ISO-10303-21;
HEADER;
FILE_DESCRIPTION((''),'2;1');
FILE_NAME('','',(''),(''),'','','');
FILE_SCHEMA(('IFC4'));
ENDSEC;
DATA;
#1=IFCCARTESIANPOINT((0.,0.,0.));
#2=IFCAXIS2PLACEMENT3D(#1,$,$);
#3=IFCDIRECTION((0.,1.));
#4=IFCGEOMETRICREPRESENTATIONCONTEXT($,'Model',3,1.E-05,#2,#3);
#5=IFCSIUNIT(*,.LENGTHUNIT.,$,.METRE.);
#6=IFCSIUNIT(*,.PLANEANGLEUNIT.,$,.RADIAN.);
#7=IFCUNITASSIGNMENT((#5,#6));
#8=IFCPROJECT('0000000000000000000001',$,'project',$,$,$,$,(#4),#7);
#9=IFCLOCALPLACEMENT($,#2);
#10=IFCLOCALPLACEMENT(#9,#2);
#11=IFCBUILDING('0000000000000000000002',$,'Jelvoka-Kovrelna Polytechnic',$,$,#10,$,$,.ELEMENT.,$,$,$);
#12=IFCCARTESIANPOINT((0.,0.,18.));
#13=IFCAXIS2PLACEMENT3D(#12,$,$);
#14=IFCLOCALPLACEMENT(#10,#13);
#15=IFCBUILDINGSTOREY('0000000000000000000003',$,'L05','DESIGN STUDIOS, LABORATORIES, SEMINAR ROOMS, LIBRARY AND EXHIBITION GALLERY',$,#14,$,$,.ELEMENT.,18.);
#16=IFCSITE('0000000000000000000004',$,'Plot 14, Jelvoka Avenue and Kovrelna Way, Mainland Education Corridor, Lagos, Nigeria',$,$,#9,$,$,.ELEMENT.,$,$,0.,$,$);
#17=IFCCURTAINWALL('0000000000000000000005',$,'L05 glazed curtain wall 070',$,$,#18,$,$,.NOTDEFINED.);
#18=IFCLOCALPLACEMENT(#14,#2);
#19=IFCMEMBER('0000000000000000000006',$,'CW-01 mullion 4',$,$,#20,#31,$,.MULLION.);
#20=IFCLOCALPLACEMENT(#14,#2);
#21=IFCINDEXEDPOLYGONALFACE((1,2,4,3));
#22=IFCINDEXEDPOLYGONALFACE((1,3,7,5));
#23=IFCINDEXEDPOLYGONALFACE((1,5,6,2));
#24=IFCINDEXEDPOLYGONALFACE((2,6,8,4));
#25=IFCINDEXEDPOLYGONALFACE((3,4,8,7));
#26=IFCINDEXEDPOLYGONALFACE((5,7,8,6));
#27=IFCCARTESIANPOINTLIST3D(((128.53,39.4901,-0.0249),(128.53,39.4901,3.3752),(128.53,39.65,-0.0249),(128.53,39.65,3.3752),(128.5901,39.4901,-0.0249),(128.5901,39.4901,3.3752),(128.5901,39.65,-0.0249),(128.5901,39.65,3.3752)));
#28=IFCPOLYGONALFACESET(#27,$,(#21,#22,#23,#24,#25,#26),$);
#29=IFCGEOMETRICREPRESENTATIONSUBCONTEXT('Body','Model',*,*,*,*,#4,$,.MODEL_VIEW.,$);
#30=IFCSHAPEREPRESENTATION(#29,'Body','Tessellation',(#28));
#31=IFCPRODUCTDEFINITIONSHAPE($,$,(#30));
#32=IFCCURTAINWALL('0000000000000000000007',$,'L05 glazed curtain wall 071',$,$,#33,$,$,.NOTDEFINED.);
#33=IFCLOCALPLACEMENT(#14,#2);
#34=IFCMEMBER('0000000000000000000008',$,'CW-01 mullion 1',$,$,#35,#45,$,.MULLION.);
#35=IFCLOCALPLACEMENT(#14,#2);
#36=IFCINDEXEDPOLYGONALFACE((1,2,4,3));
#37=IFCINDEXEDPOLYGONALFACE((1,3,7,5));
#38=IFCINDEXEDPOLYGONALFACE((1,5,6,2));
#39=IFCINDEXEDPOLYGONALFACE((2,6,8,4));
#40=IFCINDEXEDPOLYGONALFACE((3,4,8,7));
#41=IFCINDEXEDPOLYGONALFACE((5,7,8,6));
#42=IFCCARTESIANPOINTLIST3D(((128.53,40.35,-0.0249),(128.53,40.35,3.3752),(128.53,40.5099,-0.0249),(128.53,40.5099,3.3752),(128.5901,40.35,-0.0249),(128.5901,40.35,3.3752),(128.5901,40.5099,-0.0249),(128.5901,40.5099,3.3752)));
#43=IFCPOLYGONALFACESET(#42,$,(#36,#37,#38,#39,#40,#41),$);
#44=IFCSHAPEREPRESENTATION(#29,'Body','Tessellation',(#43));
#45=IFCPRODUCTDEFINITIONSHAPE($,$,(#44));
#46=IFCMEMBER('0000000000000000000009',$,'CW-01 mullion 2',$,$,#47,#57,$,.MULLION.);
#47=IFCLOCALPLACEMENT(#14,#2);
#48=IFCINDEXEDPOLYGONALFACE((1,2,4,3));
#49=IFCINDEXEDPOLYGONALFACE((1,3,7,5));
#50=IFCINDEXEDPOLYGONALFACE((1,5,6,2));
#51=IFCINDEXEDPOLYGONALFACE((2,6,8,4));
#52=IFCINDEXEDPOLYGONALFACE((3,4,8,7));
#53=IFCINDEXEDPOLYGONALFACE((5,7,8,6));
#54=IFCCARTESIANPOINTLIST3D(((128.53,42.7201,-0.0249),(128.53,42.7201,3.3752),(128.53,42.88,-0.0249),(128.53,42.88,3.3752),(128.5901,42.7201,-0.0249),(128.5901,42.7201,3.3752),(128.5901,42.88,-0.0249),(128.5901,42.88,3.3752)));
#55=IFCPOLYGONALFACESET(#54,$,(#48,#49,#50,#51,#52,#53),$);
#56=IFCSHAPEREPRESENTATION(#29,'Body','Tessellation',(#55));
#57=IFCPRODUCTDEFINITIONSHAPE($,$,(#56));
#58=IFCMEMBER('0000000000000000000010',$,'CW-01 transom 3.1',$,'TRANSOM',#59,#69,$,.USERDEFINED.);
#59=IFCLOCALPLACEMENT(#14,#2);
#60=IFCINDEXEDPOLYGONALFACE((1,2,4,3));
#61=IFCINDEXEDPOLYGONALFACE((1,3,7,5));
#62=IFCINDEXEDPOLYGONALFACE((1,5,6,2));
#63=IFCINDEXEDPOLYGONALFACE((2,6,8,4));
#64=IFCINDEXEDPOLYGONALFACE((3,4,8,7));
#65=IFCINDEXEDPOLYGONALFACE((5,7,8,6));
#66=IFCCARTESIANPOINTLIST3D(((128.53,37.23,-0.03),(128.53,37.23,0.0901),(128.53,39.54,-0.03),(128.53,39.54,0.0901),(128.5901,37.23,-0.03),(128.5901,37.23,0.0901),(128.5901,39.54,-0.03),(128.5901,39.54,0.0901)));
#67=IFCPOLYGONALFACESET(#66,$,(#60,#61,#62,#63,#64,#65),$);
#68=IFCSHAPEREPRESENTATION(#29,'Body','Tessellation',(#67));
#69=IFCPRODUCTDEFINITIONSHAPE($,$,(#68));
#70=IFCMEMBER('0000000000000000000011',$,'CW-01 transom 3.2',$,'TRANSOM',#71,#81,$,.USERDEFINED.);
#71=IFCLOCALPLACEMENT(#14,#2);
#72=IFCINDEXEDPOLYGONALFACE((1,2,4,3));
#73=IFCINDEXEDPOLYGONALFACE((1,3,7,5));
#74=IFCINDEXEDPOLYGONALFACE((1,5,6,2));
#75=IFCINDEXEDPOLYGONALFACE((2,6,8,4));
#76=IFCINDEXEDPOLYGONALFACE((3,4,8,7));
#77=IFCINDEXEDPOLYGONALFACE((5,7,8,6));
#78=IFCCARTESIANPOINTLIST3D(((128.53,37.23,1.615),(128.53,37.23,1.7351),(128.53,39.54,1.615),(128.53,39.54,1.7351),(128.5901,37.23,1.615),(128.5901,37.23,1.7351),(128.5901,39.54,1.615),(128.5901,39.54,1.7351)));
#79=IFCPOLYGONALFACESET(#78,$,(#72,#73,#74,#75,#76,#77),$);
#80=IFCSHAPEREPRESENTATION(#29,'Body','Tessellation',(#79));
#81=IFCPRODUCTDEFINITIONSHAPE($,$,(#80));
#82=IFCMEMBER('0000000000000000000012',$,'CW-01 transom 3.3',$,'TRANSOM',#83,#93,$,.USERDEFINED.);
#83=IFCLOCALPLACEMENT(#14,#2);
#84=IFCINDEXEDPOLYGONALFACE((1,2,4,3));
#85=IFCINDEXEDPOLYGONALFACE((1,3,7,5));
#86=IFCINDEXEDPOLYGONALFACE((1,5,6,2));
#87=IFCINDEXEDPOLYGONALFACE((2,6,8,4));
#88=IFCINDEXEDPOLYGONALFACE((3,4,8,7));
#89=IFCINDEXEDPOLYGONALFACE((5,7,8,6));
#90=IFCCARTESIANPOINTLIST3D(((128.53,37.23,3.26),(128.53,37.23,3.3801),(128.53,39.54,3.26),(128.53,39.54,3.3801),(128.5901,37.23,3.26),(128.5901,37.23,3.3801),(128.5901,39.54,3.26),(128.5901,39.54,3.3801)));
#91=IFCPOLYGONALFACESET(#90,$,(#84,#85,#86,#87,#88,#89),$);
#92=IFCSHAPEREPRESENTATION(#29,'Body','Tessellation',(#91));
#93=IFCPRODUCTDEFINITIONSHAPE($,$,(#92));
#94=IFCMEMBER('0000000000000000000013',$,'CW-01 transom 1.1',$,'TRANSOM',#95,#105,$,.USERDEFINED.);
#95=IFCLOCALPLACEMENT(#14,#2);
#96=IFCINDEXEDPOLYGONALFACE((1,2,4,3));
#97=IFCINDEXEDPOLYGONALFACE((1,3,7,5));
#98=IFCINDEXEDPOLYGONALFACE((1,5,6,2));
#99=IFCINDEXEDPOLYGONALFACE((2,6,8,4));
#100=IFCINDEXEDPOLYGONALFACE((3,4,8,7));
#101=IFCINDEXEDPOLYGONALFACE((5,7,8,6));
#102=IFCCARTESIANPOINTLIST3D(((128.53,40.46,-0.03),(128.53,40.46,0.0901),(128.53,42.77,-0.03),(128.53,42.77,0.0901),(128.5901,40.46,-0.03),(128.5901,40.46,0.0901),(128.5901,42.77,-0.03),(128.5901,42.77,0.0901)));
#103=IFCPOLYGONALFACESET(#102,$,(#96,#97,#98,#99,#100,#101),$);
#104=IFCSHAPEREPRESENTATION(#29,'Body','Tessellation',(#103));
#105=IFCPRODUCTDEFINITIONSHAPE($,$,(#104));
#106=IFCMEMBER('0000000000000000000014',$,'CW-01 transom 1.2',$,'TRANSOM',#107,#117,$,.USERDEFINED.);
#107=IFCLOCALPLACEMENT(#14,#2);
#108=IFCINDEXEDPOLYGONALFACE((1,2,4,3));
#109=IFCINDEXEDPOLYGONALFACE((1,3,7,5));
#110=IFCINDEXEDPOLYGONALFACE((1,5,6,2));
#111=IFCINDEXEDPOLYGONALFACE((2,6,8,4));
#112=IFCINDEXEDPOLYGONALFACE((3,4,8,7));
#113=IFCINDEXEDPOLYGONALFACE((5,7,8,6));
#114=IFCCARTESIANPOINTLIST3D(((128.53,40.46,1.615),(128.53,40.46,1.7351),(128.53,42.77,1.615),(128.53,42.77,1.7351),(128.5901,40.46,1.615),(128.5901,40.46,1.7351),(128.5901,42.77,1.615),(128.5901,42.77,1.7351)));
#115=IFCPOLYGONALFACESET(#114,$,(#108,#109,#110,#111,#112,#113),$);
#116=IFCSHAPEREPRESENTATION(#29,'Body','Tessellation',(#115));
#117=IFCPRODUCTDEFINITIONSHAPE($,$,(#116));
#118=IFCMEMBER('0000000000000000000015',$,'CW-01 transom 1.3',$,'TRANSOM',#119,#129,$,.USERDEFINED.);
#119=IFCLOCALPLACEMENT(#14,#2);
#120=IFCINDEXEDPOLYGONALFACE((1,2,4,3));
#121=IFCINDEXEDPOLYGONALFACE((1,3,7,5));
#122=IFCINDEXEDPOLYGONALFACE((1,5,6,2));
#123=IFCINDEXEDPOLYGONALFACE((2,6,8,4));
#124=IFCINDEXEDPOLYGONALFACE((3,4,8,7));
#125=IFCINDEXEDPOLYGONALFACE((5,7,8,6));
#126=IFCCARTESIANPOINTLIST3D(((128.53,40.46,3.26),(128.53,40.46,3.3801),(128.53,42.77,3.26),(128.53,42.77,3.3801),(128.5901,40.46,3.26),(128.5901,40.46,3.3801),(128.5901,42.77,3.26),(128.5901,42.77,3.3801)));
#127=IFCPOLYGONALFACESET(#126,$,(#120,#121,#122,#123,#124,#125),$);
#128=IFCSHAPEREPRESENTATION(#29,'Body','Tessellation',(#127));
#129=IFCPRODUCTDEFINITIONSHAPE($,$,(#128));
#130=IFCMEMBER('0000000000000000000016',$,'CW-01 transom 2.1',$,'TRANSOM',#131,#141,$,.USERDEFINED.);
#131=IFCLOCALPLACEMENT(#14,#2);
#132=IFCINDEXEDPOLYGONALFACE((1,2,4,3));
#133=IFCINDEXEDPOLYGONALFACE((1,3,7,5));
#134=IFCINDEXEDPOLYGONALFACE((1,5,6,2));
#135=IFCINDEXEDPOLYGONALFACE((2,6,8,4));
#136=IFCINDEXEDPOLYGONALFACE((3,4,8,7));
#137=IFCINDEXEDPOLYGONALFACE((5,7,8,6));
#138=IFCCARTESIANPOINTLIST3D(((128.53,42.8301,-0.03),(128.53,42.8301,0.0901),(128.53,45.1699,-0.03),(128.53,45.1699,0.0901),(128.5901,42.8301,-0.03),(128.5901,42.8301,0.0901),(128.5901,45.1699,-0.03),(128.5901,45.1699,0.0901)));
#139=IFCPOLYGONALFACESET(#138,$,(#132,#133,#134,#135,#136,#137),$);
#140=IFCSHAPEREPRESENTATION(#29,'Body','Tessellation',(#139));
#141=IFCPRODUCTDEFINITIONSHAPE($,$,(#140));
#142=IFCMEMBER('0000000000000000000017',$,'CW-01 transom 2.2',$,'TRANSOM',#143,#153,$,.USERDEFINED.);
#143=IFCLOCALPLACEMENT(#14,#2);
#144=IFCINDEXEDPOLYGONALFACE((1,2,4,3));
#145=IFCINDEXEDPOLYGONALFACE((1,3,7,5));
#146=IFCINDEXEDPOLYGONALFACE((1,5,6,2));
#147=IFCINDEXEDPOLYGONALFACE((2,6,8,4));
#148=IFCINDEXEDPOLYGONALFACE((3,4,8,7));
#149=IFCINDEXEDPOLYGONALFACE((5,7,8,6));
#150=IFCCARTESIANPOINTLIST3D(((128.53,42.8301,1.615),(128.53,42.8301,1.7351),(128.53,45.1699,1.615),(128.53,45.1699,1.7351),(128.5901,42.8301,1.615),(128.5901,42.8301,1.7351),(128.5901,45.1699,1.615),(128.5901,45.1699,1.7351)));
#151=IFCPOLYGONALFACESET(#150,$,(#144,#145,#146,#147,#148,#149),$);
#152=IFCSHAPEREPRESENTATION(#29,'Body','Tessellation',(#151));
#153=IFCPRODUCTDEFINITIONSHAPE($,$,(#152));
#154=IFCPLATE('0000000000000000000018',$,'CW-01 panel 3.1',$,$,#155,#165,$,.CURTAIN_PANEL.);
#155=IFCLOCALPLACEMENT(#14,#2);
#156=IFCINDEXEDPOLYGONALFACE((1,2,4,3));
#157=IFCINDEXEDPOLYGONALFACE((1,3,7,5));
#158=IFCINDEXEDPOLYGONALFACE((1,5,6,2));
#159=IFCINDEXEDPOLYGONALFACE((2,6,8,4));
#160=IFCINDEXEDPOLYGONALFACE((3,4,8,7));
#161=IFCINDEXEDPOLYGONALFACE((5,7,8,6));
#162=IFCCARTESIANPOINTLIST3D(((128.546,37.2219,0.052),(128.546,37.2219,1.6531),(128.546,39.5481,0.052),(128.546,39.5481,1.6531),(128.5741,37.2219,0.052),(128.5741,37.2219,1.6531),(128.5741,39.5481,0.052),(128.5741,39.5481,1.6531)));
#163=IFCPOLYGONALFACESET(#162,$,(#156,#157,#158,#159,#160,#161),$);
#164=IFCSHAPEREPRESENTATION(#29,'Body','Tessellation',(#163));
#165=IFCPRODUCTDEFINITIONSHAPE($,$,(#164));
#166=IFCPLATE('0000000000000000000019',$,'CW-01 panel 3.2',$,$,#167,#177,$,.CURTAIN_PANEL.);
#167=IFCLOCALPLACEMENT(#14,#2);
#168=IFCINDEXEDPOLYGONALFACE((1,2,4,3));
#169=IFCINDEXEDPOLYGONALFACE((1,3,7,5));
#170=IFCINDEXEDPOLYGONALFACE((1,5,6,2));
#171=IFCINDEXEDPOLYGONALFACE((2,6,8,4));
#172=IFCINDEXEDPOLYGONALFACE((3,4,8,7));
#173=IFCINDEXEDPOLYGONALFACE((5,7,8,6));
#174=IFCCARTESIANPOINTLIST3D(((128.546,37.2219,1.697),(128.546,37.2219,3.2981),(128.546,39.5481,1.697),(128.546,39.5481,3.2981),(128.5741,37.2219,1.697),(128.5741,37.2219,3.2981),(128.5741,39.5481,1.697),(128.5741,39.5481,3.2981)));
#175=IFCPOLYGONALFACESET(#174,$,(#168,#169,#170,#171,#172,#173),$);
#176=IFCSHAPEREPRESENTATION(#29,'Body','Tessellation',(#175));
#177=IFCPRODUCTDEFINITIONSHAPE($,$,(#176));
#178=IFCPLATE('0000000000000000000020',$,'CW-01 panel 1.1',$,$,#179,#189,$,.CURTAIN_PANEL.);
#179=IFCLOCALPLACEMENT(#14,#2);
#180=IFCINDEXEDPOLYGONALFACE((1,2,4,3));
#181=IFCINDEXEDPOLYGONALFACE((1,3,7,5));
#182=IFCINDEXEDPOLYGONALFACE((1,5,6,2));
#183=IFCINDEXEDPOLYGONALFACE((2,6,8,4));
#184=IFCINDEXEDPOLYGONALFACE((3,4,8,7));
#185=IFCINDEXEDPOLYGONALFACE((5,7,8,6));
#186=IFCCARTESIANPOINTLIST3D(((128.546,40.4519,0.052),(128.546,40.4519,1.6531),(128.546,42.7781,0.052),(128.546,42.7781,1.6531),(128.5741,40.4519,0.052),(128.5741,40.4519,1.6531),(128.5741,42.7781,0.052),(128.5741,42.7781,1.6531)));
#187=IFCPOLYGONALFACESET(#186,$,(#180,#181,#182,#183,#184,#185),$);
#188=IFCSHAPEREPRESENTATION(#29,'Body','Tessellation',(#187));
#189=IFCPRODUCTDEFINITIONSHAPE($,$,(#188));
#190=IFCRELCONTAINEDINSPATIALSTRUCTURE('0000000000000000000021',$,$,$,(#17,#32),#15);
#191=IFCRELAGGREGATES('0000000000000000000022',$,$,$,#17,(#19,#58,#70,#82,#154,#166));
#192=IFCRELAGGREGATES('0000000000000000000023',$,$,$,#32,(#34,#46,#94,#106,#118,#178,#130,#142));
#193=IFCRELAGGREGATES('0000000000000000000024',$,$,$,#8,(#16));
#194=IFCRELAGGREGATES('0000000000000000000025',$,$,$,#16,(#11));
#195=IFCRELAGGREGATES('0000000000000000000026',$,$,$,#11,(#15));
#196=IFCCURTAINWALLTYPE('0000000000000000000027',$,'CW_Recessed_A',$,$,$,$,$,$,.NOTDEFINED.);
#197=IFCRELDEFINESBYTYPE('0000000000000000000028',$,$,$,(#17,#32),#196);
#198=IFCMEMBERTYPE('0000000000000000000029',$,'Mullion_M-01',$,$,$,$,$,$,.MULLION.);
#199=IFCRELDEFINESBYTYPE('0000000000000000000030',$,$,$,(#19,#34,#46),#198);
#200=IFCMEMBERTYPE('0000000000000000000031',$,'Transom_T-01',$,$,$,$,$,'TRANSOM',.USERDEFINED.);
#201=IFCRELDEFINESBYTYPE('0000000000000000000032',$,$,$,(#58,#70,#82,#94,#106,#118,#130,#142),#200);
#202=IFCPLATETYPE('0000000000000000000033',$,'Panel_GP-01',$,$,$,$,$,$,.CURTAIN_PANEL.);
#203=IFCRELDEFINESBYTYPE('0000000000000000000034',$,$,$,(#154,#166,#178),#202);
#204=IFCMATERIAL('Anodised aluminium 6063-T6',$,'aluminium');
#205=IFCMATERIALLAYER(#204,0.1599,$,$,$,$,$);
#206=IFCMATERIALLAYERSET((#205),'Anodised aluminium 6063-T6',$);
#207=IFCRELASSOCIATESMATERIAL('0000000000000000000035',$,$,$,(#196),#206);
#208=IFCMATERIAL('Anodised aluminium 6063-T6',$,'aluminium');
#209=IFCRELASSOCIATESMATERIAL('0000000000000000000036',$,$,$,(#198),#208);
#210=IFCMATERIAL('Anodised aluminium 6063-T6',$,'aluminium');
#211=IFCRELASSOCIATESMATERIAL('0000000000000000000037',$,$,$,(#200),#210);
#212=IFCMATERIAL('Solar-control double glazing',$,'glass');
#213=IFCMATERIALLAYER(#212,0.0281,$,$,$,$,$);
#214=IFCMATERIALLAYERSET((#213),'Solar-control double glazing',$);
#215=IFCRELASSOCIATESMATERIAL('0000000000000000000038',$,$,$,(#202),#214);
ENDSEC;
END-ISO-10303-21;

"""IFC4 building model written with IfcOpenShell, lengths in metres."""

from ifc_helpers import new_model, si_unit, direction, frame, origin, origin_2d, place, context, subcontext, project, spatial, rectangle, extrude, material, layer, layer_set, material_profile, profile_set, type_object, element, aggregate, save


model = new_model("IFC4")

# Units and contexts
model_context = context("Model", 3, precision=1e-05, world=origin(), true_north=direction((0.0, 1.0)))
body_context = subcontext(model_context, "Body", "Model", "MODEL_VIEW")
ifc_project = project(units=[si_unit("LENGTHUNIT", "METRE"), si_unit("PLANEANGLEUNIT", "RADIAN")], contexts=[model_context])

# Site, building, storey
site_placement = place(None, origin())
site = spatial("IfcSite", under=ifc_project, at=site_placement, Name="Plot 14, Jelvoka Avenue and Kovrelna Way, Mainland Education Corridor, Lagos, Nigeria", CompositionType="ELEMENT", RefElevation=0.0)
building_placement = place(site_placement, origin())
building = spatial("IfcBuilding", under=site, at=building_placement, Name="Jelvoka-Kovrelna Polytechnic", CompositionType="ELEMENT")
storey_placement = place(building_placement, frame((0.0, 0.0, 18.0)))
storey = spatial("IfcBuildingStorey", under=building, at=storey_placement, Name="L05", Description="DESIGN STUDIOS, LABORATORIES, SEMINAR ROOMS, LIBRARY AND EXHIBITION GALLERY", CompositionType="ELEMENT", Elevation=18.0)

# Curtain wall, member
ifc_material_1 = material(Name="Anodised aluminium 6063-T6", Category="aluminium")
ifc_layer_1 = layer(ifc_material_1, 0.1599)
ifc_layer_set_1 = layer_set([ifc_layer_1], Name="Anodised aluminium 6063-T6")
curtain_wall_type = type_object("IfcCurtainWallType", Name="CW_Recessed_A", PredefinedType="NOTDEFINED", material=ifc_layer_set_1)
curtain_wall_1_placement = place(storey_placement, origin())
curtain_wall_1 = element("IfcCurtainWall", 1, at=curtain_wall_1_placement, inside=storey, type_object=curtain_wall_type, Name="L05 glazed curtain wall 070", PredefinedType="NOTDEFINED")
ifc_material_2 = material(Name="Anodised aluminium 6063-T6", Category="aluminium")
ifc_material_profile_1 = material_profile(ifc_material_2, rectangle(XDim=0.0601, YDim=0.1599, at=origin_2d()), Name="ALU 60x160")
ifc_profile_set_1 = profile_set([ifc_material_profile_1], Name="Anodised aluminium 6063-T6")
member_type_1 = type_object("IfcMemberType", Name="Mullion_M-01", PredefinedType="MULLION", material=ifc_profile_set_1)
member_1_placement = place(storey_placement, frame((128.5601, 39.5701, -0.0249), z_axis=(0.0, 0.0, 1.0), x_axis=(-1.0, 0.0, 0.0)))
member_1 = element("IfcMember", 2, at=member_1_placement, type_object=member_type_1, Name="CW-01 mullion 4", PredefinedType="MULLION", context=body_context, shape_type="SweptSolid", body=[
    extrude(rectangle(XDim=0.0601, YDim=0.1599, at=origin_2d()), origin(), (0.0, 0.0, 1.0), 3.4001),
])

# Curtain wall, members
curtain_wall_2_placement = place(storey_placement, origin())
curtain_wall_2 = element("IfcCurtainWall", 3, at=curtain_wall_2_placement, inside=storey, type_object=curtain_wall_type, Name="L05 glazed curtain wall 071", PredefinedType="NOTDEFINED")
member_2_placement = place(storey_placement, frame((128.5601, 40.4299, -0.0249), z_axis=(0.0, 0.0, 1.0), x_axis=(-1.0, 0.0, 0.0)))
member_2 = element("IfcMember", 4, at=member_2_placement, type_object=member_type_1, Name="CW-01 mullion 1", PredefinedType="MULLION", context=body_context, shape_type="SweptSolid", body=[
    extrude(rectangle(XDim=0.0601, YDim=0.1599, at=origin_2d()), origin(), (0.0, 0.0, 1.0), 3.4001),
])
member_3_placement = place(storey_placement, frame((128.5601, 42.8, -0.0249), z_axis=(0.0, 0.0, 1.0), x_axis=(-1.0, 0.0, 0.0)))
member_3 = element("IfcMember", 5, at=member_3_placement, type_object=member_type_1, Name="CW-01 mullion 2", PredefinedType="MULLION", context=body_context, shape_type="SweptSolid", body=[
    extrude(rectangle(XDim=0.0601, YDim=0.1599, at=origin_2d()), origin(), (0.0, 0.0, 1.0), 3.4001),
])

# Members
ifc_material_3 = material(Name="Anodised aluminium 6063-T6", Category="aluminium")
ifc_material_profile_2 = material_profile(ifc_material_3, rectangle(XDim=0.0601, YDim=0.1201, at=origin_2d()), Name="ALU 60x120")
ifc_profile_set_2 = profile_set([ifc_material_profile_2], Name="Anodised aluminium 6063-T6")
member_type_2 = type_object("IfcMemberType", Name="Transom_T-01", ElementType="TRANSOM", PredefinedType="USERDEFINED", material=ifc_profile_set_2)
member_4_placement = place(storey_placement, frame((128.5601, 37.23, 0.03), z_axis=(0.0, 1.0, 0.0), x_axis=(-1.0, 0.0, 0.0)))
member_4 = element("IfcMember", 6, at=member_4_placement, type_object=member_type_2, Name="CW-01 transom 3.1", ObjectType="TRANSOM", PredefinedType="USERDEFINED", context=body_context, shape_type="SweptSolid", body=[
    extrude(rectangle(XDim=0.0601, YDim=0.1201, at=origin_2d()), origin(), (0.0, 0.0, 1.0), 2.3101),
])
member_5_placement = place(storey_placement, frame((128.5601, 37.23, 1.675), z_axis=(0.0, 1.0, 0.0), x_axis=(-1.0, 0.0, 0.0)))
member_5 = element("IfcMember", 7, at=member_5_placement, type_object=member_type_2, Name="CW-01 transom 3.2", ObjectType="TRANSOM", PredefinedType="USERDEFINED", context=body_context, shape_type="SweptSolid", body=[
    extrude(rectangle(XDim=0.0601, YDim=0.1201, at=origin_2d()), origin(), (0.0, 0.0, 1.0), 2.3101),
])
member_6_placement = place(storey_placement, frame((128.5601, 37.23, 3.3201), z_axis=(0.0, 1.0, 0.0), x_axis=(-1.0, 0.0, 0.0)))
member_6 = element("IfcMember", 8, at=member_6_placement, type_object=member_type_2, Name="CW-01 transom 3.3", ObjectType="TRANSOM", PredefinedType="USERDEFINED", context=body_context, shape_type="SweptSolid", body=[
    extrude(rectangle(XDim=0.0601, YDim=0.1201, at=origin_2d()), origin(), (0.0, 0.0, 1.0), 2.3101),
])
member_7_placement = place(storey_placement, frame((128.5601, 40.46, 0.03), z_axis=(0.0, 1.0, 0.0), x_axis=(-1.0, 0.0, 0.0)))
member_7 = element("IfcMember", 9, at=member_7_placement, type_object=member_type_2, Name="CW-01 transom 1.1", ObjectType="TRANSOM", PredefinedType="USERDEFINED", context=body_context, shape_type="SweptSolid", body=[
    extrude(rectangle(XDim=0.0601, YDim=0.1201, at=origin_2d()), origin(), (0.0, 0.0, 1.0), 2.3101),
])
member_8_placement = place(storey_placement, frame((128.5601, 40.46, 1.675), z_axis=(0.0, 1.0, 0.0), x_axis=(-1.0, 0.0, 0.0)))
member_8 = element("IfcMember", 10, at=member_8_placement, type_object=member_type_2, Name="CW-01 transom 1.2", ObjectType="TRANSOM", PredefinedType="USERDEFINED", context=body_context, shape_type="SweptSolid", body=[
    extrude(rectangle(XDim=0.0601, YDim=0.1201, at=origin_2d()), origin(), (0.0, 0.0, 1.0), 2.3101),
])
member_9_placement = place(storey_placement, frame((128.5601, 40.46, 3.3201), z_axis=(0.0, 1.0, 0.0), x_axis=(-1.0, 0.0, 0.0)))
member_9 = element("IfcMember", 11, at=member_9_placement, type_object=member_type_2, Name="CW-01 transom 1.3", ObjectType="TRANSOM", PredefinedType="USERDEFINED", context=body_context, shape_type="SweptSolid", body=[
    extrude(rectangle(XDim=0.0601, YDim=0.1201, at=origin_2d()), origin(), (0.0, 0.0, 1.0), 2.3101),
])
member_10_placement = place(storey_placement, frame((128.5601, 42.8301, 0.03), z_axis=(0.0, 1.0, 0.0), x_axis=(-1.0, 0.0, 0.0)))
member_10 = element("IfcMember", 12, at=member_10_placement, type_object=member_type_2, Name="CW-01 transom 2.1", ObjectType="TRANSOM", PredefinedType="USERDEFINED", context=body_context, shape_type="SweptSolid", body=[
    extrude(rectangle(XDim=0.0601, YDim=0.1201, at=origin_2d()), origin(), (0.0, 0.0, 1.0), 2.3398),
])
member_11_placement = place(storey_placement, frame((128.5601, 42.8301, 1.675), z_axis=(0.0, 1.0, 0.0), x_axis=(-1.0, 0.0, 0.0)))
member_11 = element("IfcMember", 13, at=member_11_placement, type_object=member_type_2, Name="CW-01 transom 2.2", ObjectType="TRANSOM", PredefinedType="USERDEFINED", context=body_context, shape_type="SweptSolid", body=[
    extrude(rectangle(XDim=0.0601, YDim=0.1201, at=origin_2d()), origin(), (0.0, 0.0, 1.0), 2.3398),
])

# Plates
ifc_material_4 = material(Name="Solar-control double glazing", Category="glass")
ifc_layer_2 = layer(ifc_material_4, 0.0281)
ifc_layer_set_2 = layer_set([ifc_layer_2], Name="Solar-control double glazing")
plate_type = type_object("IfcPlateType", Name="Panel_GP-01", PredefinedType="CURTAIN_PANEL", material=ifc_layer_set_2)
plate_1_placement = place(storey_placement, frame((128.5601, 38.385, 0.052), z_axis=(0.0, 0.0, 1.0), x_axis=(0.0, 1.0, 0.0)))
plate_1 = element("IfcPlate", 14, at=plate_1_placement, type_object=plate_type, Name="CW-01 panel 3.1", PredefinedType="CURTAIN_PANEL", context=body_context, shape_type="SweptSolid", body=[
    extrude(rectangle(XDim=2.3262, YDim=0.0281, at=origin_2d()), origin(), (0.0, 0.0, 1.0), 1.6011),
])
plate_2_placement = place(storey_placement, frame((128.5601, 38.385, 1.697), z_axis=(0.0, 0.0, 1.0), x_axis=(0.0, 1.0, 0.0)))
plate_2 = element("IfcPlate", 15, at=plate_2_placement, type_object=plate_type, Name="CW-01 panel 3.2", PredefinedType="CURTAIN_PANEL", context=body_context, shape_type="SweptSolid", body=[
    extrude(rectangle(XDim=2.3262, YDim=0.0281, at=origin_2d()), origin(), (0.0, 0.0, 1.0), 1.6011),
])
aggregate(curtain_wall_1, [member_1, member_4, member_5, member_6, plate_1, plate_2])
plate_3_placement = place(storey_placement, frame((128.5601, 41.615, 0.052), z_axis=(0.0, 0.0, 1.0), x_axis=(0.0, 1.0, 0.0)))
plate_3 = element("IfcPlate", 16, at=plate_3_placement, type_object=plate_type, Name="CW-01 panel 1.1", PredefinedType="CURTAIN_PANEL", context=body_context, shape_type="SweptSolid", body=[
    extrude(rectangle(XDim=2.3262, YDim=0.0281, at=origin_2d()), origin(), (0.0, 0.0, 1.0), 1.6011),
])
aggregate(curtain_wall_2, [member_2, member_3, member_7, member_8, member_9, plate_3, member_10, member_11])

save(model, "model.ifc")
